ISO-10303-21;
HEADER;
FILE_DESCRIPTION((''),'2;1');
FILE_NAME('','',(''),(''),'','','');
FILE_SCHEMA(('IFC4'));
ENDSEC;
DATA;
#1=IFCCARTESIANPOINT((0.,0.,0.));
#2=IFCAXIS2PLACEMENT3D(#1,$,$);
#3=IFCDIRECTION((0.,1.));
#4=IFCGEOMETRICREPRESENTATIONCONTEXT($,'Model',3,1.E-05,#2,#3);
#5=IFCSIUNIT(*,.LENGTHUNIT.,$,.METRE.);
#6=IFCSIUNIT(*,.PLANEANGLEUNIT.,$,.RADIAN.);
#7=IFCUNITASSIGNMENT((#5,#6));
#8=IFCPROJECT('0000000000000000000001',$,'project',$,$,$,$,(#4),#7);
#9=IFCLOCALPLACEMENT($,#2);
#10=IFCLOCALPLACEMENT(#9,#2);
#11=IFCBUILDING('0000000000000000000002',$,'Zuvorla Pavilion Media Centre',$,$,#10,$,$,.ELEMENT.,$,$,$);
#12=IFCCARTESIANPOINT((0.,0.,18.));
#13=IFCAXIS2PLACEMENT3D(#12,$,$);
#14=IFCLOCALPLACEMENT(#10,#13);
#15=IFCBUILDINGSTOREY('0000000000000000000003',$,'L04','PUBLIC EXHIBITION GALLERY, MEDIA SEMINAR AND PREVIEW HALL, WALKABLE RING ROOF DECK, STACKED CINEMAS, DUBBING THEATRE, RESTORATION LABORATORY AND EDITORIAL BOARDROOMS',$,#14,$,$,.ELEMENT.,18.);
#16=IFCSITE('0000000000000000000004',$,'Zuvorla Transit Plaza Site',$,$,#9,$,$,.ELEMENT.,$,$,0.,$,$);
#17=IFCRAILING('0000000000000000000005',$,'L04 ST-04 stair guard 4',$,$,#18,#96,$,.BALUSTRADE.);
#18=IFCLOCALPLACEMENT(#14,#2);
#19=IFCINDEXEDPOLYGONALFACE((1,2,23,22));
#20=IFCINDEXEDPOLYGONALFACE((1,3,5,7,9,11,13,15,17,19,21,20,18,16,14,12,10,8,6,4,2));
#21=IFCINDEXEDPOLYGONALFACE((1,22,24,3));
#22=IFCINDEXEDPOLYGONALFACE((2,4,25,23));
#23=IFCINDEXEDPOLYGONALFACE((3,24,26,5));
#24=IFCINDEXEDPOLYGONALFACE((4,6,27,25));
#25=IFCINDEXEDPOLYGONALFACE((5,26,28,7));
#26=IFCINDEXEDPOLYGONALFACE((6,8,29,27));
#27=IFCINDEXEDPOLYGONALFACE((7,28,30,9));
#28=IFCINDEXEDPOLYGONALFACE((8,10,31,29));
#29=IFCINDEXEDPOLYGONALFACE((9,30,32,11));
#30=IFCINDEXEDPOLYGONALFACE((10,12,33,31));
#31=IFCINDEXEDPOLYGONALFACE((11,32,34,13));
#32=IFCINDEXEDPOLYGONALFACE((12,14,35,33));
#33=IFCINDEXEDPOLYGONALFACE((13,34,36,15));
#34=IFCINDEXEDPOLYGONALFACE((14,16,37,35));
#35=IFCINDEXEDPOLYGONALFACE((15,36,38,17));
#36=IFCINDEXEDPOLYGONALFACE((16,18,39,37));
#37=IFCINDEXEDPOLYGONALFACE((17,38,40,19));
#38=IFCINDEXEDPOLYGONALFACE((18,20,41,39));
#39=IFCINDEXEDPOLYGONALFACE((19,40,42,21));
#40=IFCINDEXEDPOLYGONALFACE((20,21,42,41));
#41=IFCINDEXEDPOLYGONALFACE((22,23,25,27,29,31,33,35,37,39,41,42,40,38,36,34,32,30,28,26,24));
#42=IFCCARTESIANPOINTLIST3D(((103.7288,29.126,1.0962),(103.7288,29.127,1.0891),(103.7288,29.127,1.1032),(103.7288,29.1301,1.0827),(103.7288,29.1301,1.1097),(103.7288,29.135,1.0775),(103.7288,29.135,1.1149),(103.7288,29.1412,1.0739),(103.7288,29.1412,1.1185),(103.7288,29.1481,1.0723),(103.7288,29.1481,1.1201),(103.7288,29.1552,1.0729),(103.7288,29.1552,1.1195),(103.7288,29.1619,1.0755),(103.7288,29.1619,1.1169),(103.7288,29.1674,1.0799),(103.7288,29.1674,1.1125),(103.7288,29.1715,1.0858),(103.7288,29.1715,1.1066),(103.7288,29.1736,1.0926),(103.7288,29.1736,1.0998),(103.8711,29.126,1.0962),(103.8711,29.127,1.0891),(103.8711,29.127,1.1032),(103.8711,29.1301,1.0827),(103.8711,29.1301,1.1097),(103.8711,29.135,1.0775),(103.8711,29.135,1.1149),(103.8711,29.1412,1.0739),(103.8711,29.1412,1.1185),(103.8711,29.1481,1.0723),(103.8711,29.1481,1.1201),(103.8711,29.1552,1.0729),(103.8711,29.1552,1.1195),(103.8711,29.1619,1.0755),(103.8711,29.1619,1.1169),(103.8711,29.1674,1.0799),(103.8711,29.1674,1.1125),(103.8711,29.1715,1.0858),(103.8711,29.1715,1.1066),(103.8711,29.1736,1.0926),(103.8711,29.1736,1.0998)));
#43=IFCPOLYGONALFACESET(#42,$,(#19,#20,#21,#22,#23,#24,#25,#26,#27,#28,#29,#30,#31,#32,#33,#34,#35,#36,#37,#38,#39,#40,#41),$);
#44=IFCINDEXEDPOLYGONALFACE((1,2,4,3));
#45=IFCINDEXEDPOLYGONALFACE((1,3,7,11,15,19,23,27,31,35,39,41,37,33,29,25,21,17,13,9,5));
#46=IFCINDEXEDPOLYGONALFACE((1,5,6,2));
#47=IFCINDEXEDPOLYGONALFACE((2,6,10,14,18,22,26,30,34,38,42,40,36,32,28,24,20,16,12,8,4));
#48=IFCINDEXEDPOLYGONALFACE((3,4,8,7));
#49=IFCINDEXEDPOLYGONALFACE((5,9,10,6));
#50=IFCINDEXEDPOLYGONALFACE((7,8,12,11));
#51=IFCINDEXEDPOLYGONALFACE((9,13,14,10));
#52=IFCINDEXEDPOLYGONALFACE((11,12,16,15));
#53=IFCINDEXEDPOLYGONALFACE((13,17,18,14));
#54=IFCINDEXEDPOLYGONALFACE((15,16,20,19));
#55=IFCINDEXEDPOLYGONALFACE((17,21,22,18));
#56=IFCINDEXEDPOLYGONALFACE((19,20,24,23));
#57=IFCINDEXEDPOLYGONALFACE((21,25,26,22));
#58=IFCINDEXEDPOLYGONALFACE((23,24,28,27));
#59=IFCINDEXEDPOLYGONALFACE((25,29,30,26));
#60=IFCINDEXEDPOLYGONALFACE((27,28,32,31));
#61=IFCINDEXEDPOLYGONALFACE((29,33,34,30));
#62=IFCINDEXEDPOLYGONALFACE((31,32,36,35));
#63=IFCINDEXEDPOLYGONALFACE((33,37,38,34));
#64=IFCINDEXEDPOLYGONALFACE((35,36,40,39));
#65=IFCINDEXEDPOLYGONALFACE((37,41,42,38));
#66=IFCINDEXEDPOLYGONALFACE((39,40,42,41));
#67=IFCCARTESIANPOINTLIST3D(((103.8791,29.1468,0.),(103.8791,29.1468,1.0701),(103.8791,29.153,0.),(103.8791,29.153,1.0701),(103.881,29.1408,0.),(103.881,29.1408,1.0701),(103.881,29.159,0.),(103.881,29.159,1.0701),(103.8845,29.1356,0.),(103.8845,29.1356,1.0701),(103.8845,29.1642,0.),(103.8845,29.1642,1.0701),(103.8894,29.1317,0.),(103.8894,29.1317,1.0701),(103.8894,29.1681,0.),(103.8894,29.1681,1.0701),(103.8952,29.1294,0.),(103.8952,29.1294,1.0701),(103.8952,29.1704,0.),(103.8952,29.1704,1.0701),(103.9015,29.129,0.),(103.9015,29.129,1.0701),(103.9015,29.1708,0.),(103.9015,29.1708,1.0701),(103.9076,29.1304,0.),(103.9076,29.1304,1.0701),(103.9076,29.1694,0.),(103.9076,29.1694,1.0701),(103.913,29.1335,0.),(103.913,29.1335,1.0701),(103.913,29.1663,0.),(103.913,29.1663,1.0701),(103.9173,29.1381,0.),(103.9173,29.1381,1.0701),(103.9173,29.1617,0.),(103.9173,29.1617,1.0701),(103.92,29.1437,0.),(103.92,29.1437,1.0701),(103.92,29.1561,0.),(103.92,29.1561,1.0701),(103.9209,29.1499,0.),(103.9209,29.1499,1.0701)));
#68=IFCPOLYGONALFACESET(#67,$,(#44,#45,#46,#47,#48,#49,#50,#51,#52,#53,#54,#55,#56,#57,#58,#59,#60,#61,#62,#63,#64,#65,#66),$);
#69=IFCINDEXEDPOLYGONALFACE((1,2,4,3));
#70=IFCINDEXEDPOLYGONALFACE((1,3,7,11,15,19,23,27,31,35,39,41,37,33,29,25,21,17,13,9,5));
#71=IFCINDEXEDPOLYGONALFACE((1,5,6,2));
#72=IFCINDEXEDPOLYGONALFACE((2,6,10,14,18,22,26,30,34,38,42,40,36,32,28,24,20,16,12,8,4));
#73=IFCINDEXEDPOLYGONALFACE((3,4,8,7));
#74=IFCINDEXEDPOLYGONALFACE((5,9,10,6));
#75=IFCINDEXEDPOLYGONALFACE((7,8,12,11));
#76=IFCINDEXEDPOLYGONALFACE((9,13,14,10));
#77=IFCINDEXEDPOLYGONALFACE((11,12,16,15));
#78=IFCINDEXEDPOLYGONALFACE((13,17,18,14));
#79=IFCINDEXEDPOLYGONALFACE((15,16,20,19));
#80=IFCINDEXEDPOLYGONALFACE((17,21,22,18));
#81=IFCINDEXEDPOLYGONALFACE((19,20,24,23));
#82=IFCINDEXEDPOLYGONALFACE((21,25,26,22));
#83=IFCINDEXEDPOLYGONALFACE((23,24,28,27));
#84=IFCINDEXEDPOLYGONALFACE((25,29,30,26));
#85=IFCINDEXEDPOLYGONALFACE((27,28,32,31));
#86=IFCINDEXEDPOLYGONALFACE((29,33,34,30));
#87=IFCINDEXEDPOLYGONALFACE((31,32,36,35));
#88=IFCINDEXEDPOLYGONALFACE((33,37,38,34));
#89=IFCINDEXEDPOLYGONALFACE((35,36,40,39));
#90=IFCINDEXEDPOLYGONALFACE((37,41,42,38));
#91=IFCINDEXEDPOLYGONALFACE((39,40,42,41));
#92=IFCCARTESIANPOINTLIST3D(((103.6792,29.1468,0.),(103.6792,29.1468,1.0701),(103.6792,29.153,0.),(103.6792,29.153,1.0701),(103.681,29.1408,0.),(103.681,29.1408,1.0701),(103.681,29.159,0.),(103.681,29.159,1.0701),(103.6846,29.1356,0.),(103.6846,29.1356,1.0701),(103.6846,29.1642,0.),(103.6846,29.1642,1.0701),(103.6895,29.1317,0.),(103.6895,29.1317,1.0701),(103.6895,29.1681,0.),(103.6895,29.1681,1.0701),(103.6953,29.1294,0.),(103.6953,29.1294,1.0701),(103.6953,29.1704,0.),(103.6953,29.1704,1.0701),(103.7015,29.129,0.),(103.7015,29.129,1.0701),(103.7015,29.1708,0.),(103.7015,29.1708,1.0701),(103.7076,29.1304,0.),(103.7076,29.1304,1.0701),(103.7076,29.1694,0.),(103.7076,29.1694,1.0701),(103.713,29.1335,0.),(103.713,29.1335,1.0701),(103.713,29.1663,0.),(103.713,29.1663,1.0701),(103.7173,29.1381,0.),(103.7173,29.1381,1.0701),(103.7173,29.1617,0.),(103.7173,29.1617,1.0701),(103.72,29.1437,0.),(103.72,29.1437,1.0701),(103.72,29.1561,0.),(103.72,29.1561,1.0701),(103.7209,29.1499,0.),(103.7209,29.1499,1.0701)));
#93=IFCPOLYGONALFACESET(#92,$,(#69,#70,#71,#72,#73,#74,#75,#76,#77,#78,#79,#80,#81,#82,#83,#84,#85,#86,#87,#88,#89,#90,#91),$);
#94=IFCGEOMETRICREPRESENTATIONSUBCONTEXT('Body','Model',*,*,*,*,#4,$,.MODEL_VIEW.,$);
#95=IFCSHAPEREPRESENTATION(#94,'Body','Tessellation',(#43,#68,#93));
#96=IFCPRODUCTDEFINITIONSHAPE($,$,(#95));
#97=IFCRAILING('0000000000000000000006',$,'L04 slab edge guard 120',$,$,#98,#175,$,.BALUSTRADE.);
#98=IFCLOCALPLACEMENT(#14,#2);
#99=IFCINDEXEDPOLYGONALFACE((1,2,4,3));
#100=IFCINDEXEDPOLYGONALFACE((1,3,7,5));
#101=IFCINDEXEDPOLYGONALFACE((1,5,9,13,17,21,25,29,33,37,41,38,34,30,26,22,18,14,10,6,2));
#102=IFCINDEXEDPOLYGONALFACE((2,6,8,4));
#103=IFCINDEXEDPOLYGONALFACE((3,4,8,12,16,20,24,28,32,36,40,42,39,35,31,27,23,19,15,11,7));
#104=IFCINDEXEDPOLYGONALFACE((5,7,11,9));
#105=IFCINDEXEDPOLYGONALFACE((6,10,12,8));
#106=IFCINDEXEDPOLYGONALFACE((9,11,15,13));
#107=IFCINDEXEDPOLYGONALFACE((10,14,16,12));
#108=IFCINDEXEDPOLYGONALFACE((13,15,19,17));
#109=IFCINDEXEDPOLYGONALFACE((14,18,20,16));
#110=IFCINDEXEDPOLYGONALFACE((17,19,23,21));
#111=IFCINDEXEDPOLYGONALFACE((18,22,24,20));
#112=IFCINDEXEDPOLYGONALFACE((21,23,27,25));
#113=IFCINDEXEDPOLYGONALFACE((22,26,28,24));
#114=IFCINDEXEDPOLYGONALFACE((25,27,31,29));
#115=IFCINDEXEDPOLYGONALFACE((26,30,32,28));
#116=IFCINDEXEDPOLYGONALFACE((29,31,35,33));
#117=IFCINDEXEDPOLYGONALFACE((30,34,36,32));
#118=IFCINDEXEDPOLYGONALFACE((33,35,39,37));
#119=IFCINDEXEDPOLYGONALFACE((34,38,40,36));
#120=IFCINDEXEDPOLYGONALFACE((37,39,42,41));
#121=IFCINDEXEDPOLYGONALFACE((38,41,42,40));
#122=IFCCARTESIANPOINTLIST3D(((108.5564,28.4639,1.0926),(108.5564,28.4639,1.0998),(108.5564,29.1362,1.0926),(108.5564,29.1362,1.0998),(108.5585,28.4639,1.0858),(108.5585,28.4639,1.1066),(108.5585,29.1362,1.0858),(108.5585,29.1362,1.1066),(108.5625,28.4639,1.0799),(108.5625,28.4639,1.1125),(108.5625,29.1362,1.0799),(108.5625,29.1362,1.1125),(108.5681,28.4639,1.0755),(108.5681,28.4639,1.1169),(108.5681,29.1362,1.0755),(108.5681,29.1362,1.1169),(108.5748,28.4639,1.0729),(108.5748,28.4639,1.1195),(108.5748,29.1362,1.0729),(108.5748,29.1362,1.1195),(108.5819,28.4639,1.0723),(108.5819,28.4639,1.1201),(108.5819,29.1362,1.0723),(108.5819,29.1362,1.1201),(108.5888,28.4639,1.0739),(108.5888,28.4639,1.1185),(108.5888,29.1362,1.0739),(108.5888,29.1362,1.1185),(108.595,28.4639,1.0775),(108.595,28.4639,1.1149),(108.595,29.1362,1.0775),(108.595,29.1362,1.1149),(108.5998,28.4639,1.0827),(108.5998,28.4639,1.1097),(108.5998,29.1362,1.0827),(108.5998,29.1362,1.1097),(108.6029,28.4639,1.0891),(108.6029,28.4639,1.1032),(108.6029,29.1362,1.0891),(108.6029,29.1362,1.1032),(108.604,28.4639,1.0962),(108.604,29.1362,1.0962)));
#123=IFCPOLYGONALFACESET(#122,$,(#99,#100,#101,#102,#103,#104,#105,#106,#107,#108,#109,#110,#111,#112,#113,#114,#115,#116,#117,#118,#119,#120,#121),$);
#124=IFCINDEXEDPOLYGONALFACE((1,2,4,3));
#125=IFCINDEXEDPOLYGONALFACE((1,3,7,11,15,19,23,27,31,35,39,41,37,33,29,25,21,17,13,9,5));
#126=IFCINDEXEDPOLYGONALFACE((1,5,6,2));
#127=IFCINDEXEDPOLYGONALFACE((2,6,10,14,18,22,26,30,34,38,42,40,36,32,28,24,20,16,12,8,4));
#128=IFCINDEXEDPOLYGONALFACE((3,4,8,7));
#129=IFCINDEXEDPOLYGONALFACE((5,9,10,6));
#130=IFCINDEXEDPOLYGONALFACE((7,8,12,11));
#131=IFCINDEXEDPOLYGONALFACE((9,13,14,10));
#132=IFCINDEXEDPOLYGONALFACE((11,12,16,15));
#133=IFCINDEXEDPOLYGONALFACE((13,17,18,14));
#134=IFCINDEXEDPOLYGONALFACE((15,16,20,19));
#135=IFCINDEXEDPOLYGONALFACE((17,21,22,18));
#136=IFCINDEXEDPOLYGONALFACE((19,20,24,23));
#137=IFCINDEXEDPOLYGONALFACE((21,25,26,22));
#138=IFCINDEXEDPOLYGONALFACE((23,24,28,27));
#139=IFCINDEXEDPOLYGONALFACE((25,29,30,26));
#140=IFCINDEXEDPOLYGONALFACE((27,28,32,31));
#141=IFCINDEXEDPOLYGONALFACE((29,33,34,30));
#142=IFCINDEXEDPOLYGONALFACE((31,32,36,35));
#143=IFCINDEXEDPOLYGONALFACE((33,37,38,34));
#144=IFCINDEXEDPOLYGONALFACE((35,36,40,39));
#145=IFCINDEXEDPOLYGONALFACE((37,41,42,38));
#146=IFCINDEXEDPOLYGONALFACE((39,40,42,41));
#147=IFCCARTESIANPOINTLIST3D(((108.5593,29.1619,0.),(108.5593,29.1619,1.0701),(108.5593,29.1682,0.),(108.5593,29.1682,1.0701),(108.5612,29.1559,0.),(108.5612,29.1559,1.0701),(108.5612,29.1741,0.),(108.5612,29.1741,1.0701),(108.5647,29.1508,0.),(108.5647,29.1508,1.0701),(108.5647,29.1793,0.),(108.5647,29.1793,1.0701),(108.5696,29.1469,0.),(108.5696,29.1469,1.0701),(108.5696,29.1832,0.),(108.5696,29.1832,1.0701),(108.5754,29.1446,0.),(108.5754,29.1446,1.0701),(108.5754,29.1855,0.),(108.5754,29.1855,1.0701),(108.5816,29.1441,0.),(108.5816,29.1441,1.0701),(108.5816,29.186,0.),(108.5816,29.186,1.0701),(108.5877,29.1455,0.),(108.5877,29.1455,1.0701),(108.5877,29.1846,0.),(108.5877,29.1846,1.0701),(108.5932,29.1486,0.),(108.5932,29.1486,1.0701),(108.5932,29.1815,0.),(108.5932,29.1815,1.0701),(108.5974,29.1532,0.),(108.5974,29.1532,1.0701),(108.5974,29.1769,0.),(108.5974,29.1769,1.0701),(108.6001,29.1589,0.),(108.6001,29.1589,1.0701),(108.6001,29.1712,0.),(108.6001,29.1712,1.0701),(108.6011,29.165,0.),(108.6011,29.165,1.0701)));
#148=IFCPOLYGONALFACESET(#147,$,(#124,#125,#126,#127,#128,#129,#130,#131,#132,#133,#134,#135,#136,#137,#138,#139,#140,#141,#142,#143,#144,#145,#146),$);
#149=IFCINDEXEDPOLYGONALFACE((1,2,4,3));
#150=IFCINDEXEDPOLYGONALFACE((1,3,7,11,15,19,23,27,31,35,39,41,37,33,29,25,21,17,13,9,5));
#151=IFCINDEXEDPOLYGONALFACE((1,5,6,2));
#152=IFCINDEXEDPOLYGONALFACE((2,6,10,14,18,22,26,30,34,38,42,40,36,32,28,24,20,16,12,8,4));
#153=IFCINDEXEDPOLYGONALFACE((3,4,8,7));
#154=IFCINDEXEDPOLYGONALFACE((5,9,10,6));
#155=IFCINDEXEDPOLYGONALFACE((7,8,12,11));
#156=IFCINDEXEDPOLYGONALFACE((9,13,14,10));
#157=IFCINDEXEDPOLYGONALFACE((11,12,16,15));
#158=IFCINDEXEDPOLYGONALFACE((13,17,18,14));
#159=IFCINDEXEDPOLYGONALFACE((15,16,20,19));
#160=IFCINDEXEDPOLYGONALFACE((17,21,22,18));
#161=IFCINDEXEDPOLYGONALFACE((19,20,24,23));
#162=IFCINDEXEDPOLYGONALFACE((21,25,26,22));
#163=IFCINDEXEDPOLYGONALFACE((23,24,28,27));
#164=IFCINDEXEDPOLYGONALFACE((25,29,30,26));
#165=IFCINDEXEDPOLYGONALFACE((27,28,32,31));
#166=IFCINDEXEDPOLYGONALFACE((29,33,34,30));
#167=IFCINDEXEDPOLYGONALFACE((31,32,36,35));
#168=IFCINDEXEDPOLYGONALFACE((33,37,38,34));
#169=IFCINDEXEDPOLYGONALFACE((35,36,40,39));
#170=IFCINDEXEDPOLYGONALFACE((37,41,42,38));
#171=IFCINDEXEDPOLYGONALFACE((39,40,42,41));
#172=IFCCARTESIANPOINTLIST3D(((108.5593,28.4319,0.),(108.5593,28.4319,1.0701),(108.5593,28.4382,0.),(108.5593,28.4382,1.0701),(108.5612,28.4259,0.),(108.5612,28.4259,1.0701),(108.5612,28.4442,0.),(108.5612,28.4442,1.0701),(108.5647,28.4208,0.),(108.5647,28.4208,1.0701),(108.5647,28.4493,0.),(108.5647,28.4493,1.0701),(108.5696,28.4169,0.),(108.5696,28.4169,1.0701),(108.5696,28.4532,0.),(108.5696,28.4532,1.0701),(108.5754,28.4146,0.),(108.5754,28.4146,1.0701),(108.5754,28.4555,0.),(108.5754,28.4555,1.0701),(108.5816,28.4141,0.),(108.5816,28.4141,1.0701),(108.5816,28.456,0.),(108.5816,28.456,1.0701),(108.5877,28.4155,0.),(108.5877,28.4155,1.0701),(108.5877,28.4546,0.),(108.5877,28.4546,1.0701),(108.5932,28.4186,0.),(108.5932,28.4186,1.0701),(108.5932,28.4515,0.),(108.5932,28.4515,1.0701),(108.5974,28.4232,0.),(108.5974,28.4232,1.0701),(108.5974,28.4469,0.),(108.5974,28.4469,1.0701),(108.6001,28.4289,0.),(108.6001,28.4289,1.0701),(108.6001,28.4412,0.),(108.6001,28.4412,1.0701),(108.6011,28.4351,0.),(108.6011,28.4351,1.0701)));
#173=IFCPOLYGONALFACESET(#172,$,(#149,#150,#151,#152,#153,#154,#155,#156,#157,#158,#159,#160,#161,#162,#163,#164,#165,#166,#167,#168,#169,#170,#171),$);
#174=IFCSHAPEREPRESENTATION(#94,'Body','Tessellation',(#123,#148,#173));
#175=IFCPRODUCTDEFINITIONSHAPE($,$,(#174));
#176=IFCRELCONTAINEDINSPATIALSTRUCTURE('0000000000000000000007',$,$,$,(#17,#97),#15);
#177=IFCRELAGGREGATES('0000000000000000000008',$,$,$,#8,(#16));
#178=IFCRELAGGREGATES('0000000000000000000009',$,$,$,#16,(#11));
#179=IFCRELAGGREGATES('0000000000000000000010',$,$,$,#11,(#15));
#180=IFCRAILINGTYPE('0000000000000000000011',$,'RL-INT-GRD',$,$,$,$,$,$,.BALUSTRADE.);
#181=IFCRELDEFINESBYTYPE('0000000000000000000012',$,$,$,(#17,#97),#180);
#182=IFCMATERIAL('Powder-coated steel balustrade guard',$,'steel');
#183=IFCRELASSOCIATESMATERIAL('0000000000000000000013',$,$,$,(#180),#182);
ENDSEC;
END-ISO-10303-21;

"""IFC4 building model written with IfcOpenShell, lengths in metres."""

from ifc_helpers import new_model, si_unit, direction, frame, origin, origin_2d, place, context, subcontext, project, spatial, circle, extrude, material, type_object, element, save


model = new_model("IFC4")

# Units and contexts
model_context = context("Model", 3, precision=1e-05, world=origin(), true_north=direction((0.0, 1.0)))
body_context = subcontext(model_context, "Body", "Model", "MODEL_VIEW")
ifc_project = project(units=[si_unit("LENGTHUNIT", "METRE"), si_unit("PLANEANGLEUNIT", "RADIAN")], contexts=[model_context])

# Site, building, storey
site_placement = place(None, origin())
site = spatial("IfcSite", under=ifc_project, at=site_placement, Name="Zuvorla Transit Plaza Site", CompositionType="ELEMENT", RefElevation=0.0)
building_placement = place(site_placement, origin())
building = spatial("IfcBuilding", under=site, at=building_placement, Name="Zuvorla Pavilion Media Centre", CompositionType="ELEMENT")
storey_placement = place(building_placement, frame((0.0, 0.0, 18.0)))
storey = spatial("IfcBuildingStorey", under=building, at=storey_placement, Name="L04", Description="PUBLIC EXHIBITION GALLERY, MEDIA SEMINAR AND PREVIEW HALL, WALKABLE RING ROOF DECK, STACKED CINEMAS, DUBBING THEATRE, RESTORATION LABORATORY AND EDITORIAL BOARDROOMS", CompositionType="ELEMENT", Elevation=18.0)

# Railings
ifc_material_1 = material(Name="Powder-coated steel balustrade guard", Category="steel")
railing_type_1 = type_object("IfcRailingType", Name="RL-INT-GRD", PredefinedType="BALUSTRADE", material=ifc_material_1)
railing_1_placement = place(storey_placement, frame((103.8999, 29.1499, 0.0)))
element("IfcRailing", 1, at=railing_1_placement, inside=storey, type_object=railing_type_1, Name="L04 ST-04 stair guard 4", PredefinedType="BALUSTRADE", context=body_context, shape_type="SweptSolid", body=[
    extrude(circle(Radius=0.0239, at=origin_2d()), frame((-0.0288, 0.0, 1.0962), z_axis=(-1.0, 0.0, 0.0), x_axis=(0.0, -1.0, 0.0)), (0.0, 0.0, 1.0), 0.1423),
    extrude(circle(Radius=0.021, at=origin_2d()), origin(), (0.0, 0.0, 1.0), 1.0701),
    extrude(circle(Radius=0.021, at=origin_2d()), frame((-0.2, 0.0, 0.0)), (0.0, 0.0, 1.0), 1.0701),
])
railing_2_placement = place(storey_placement, frame((108.5801, 29.165, 0.0)))
element("IfcRailing", 2, at=railing_2_placement, inside=storey, type_object=railing_type_1, Name="L04 slab edge guard 120", PredefinedType="BALUSTRADE", context=body_context, shape_type="SweptSolid", body=[
    extrude(circle(Radius=0.0239, at=origin_2d()), frame((0.0, -0.0288, 1.0962), z_axis=(0.0, -1.0, 0.0), x_axis=(1.0, 0.0, 0.0)), (0.0, 0.0, 1.0), 0.6724),
    extrude(circle(Radius=0.021, at=origin_2d()), origin(), (0.0, 0.0, 1.0), 1.0701),
    extrude(circle(Radius=0.021, at=origin_2d()), frame((0.0, -0.73, 0.0)), (0.0, 0.0, 1.0), 1.0701),
])

save(model, "model.ifc")
